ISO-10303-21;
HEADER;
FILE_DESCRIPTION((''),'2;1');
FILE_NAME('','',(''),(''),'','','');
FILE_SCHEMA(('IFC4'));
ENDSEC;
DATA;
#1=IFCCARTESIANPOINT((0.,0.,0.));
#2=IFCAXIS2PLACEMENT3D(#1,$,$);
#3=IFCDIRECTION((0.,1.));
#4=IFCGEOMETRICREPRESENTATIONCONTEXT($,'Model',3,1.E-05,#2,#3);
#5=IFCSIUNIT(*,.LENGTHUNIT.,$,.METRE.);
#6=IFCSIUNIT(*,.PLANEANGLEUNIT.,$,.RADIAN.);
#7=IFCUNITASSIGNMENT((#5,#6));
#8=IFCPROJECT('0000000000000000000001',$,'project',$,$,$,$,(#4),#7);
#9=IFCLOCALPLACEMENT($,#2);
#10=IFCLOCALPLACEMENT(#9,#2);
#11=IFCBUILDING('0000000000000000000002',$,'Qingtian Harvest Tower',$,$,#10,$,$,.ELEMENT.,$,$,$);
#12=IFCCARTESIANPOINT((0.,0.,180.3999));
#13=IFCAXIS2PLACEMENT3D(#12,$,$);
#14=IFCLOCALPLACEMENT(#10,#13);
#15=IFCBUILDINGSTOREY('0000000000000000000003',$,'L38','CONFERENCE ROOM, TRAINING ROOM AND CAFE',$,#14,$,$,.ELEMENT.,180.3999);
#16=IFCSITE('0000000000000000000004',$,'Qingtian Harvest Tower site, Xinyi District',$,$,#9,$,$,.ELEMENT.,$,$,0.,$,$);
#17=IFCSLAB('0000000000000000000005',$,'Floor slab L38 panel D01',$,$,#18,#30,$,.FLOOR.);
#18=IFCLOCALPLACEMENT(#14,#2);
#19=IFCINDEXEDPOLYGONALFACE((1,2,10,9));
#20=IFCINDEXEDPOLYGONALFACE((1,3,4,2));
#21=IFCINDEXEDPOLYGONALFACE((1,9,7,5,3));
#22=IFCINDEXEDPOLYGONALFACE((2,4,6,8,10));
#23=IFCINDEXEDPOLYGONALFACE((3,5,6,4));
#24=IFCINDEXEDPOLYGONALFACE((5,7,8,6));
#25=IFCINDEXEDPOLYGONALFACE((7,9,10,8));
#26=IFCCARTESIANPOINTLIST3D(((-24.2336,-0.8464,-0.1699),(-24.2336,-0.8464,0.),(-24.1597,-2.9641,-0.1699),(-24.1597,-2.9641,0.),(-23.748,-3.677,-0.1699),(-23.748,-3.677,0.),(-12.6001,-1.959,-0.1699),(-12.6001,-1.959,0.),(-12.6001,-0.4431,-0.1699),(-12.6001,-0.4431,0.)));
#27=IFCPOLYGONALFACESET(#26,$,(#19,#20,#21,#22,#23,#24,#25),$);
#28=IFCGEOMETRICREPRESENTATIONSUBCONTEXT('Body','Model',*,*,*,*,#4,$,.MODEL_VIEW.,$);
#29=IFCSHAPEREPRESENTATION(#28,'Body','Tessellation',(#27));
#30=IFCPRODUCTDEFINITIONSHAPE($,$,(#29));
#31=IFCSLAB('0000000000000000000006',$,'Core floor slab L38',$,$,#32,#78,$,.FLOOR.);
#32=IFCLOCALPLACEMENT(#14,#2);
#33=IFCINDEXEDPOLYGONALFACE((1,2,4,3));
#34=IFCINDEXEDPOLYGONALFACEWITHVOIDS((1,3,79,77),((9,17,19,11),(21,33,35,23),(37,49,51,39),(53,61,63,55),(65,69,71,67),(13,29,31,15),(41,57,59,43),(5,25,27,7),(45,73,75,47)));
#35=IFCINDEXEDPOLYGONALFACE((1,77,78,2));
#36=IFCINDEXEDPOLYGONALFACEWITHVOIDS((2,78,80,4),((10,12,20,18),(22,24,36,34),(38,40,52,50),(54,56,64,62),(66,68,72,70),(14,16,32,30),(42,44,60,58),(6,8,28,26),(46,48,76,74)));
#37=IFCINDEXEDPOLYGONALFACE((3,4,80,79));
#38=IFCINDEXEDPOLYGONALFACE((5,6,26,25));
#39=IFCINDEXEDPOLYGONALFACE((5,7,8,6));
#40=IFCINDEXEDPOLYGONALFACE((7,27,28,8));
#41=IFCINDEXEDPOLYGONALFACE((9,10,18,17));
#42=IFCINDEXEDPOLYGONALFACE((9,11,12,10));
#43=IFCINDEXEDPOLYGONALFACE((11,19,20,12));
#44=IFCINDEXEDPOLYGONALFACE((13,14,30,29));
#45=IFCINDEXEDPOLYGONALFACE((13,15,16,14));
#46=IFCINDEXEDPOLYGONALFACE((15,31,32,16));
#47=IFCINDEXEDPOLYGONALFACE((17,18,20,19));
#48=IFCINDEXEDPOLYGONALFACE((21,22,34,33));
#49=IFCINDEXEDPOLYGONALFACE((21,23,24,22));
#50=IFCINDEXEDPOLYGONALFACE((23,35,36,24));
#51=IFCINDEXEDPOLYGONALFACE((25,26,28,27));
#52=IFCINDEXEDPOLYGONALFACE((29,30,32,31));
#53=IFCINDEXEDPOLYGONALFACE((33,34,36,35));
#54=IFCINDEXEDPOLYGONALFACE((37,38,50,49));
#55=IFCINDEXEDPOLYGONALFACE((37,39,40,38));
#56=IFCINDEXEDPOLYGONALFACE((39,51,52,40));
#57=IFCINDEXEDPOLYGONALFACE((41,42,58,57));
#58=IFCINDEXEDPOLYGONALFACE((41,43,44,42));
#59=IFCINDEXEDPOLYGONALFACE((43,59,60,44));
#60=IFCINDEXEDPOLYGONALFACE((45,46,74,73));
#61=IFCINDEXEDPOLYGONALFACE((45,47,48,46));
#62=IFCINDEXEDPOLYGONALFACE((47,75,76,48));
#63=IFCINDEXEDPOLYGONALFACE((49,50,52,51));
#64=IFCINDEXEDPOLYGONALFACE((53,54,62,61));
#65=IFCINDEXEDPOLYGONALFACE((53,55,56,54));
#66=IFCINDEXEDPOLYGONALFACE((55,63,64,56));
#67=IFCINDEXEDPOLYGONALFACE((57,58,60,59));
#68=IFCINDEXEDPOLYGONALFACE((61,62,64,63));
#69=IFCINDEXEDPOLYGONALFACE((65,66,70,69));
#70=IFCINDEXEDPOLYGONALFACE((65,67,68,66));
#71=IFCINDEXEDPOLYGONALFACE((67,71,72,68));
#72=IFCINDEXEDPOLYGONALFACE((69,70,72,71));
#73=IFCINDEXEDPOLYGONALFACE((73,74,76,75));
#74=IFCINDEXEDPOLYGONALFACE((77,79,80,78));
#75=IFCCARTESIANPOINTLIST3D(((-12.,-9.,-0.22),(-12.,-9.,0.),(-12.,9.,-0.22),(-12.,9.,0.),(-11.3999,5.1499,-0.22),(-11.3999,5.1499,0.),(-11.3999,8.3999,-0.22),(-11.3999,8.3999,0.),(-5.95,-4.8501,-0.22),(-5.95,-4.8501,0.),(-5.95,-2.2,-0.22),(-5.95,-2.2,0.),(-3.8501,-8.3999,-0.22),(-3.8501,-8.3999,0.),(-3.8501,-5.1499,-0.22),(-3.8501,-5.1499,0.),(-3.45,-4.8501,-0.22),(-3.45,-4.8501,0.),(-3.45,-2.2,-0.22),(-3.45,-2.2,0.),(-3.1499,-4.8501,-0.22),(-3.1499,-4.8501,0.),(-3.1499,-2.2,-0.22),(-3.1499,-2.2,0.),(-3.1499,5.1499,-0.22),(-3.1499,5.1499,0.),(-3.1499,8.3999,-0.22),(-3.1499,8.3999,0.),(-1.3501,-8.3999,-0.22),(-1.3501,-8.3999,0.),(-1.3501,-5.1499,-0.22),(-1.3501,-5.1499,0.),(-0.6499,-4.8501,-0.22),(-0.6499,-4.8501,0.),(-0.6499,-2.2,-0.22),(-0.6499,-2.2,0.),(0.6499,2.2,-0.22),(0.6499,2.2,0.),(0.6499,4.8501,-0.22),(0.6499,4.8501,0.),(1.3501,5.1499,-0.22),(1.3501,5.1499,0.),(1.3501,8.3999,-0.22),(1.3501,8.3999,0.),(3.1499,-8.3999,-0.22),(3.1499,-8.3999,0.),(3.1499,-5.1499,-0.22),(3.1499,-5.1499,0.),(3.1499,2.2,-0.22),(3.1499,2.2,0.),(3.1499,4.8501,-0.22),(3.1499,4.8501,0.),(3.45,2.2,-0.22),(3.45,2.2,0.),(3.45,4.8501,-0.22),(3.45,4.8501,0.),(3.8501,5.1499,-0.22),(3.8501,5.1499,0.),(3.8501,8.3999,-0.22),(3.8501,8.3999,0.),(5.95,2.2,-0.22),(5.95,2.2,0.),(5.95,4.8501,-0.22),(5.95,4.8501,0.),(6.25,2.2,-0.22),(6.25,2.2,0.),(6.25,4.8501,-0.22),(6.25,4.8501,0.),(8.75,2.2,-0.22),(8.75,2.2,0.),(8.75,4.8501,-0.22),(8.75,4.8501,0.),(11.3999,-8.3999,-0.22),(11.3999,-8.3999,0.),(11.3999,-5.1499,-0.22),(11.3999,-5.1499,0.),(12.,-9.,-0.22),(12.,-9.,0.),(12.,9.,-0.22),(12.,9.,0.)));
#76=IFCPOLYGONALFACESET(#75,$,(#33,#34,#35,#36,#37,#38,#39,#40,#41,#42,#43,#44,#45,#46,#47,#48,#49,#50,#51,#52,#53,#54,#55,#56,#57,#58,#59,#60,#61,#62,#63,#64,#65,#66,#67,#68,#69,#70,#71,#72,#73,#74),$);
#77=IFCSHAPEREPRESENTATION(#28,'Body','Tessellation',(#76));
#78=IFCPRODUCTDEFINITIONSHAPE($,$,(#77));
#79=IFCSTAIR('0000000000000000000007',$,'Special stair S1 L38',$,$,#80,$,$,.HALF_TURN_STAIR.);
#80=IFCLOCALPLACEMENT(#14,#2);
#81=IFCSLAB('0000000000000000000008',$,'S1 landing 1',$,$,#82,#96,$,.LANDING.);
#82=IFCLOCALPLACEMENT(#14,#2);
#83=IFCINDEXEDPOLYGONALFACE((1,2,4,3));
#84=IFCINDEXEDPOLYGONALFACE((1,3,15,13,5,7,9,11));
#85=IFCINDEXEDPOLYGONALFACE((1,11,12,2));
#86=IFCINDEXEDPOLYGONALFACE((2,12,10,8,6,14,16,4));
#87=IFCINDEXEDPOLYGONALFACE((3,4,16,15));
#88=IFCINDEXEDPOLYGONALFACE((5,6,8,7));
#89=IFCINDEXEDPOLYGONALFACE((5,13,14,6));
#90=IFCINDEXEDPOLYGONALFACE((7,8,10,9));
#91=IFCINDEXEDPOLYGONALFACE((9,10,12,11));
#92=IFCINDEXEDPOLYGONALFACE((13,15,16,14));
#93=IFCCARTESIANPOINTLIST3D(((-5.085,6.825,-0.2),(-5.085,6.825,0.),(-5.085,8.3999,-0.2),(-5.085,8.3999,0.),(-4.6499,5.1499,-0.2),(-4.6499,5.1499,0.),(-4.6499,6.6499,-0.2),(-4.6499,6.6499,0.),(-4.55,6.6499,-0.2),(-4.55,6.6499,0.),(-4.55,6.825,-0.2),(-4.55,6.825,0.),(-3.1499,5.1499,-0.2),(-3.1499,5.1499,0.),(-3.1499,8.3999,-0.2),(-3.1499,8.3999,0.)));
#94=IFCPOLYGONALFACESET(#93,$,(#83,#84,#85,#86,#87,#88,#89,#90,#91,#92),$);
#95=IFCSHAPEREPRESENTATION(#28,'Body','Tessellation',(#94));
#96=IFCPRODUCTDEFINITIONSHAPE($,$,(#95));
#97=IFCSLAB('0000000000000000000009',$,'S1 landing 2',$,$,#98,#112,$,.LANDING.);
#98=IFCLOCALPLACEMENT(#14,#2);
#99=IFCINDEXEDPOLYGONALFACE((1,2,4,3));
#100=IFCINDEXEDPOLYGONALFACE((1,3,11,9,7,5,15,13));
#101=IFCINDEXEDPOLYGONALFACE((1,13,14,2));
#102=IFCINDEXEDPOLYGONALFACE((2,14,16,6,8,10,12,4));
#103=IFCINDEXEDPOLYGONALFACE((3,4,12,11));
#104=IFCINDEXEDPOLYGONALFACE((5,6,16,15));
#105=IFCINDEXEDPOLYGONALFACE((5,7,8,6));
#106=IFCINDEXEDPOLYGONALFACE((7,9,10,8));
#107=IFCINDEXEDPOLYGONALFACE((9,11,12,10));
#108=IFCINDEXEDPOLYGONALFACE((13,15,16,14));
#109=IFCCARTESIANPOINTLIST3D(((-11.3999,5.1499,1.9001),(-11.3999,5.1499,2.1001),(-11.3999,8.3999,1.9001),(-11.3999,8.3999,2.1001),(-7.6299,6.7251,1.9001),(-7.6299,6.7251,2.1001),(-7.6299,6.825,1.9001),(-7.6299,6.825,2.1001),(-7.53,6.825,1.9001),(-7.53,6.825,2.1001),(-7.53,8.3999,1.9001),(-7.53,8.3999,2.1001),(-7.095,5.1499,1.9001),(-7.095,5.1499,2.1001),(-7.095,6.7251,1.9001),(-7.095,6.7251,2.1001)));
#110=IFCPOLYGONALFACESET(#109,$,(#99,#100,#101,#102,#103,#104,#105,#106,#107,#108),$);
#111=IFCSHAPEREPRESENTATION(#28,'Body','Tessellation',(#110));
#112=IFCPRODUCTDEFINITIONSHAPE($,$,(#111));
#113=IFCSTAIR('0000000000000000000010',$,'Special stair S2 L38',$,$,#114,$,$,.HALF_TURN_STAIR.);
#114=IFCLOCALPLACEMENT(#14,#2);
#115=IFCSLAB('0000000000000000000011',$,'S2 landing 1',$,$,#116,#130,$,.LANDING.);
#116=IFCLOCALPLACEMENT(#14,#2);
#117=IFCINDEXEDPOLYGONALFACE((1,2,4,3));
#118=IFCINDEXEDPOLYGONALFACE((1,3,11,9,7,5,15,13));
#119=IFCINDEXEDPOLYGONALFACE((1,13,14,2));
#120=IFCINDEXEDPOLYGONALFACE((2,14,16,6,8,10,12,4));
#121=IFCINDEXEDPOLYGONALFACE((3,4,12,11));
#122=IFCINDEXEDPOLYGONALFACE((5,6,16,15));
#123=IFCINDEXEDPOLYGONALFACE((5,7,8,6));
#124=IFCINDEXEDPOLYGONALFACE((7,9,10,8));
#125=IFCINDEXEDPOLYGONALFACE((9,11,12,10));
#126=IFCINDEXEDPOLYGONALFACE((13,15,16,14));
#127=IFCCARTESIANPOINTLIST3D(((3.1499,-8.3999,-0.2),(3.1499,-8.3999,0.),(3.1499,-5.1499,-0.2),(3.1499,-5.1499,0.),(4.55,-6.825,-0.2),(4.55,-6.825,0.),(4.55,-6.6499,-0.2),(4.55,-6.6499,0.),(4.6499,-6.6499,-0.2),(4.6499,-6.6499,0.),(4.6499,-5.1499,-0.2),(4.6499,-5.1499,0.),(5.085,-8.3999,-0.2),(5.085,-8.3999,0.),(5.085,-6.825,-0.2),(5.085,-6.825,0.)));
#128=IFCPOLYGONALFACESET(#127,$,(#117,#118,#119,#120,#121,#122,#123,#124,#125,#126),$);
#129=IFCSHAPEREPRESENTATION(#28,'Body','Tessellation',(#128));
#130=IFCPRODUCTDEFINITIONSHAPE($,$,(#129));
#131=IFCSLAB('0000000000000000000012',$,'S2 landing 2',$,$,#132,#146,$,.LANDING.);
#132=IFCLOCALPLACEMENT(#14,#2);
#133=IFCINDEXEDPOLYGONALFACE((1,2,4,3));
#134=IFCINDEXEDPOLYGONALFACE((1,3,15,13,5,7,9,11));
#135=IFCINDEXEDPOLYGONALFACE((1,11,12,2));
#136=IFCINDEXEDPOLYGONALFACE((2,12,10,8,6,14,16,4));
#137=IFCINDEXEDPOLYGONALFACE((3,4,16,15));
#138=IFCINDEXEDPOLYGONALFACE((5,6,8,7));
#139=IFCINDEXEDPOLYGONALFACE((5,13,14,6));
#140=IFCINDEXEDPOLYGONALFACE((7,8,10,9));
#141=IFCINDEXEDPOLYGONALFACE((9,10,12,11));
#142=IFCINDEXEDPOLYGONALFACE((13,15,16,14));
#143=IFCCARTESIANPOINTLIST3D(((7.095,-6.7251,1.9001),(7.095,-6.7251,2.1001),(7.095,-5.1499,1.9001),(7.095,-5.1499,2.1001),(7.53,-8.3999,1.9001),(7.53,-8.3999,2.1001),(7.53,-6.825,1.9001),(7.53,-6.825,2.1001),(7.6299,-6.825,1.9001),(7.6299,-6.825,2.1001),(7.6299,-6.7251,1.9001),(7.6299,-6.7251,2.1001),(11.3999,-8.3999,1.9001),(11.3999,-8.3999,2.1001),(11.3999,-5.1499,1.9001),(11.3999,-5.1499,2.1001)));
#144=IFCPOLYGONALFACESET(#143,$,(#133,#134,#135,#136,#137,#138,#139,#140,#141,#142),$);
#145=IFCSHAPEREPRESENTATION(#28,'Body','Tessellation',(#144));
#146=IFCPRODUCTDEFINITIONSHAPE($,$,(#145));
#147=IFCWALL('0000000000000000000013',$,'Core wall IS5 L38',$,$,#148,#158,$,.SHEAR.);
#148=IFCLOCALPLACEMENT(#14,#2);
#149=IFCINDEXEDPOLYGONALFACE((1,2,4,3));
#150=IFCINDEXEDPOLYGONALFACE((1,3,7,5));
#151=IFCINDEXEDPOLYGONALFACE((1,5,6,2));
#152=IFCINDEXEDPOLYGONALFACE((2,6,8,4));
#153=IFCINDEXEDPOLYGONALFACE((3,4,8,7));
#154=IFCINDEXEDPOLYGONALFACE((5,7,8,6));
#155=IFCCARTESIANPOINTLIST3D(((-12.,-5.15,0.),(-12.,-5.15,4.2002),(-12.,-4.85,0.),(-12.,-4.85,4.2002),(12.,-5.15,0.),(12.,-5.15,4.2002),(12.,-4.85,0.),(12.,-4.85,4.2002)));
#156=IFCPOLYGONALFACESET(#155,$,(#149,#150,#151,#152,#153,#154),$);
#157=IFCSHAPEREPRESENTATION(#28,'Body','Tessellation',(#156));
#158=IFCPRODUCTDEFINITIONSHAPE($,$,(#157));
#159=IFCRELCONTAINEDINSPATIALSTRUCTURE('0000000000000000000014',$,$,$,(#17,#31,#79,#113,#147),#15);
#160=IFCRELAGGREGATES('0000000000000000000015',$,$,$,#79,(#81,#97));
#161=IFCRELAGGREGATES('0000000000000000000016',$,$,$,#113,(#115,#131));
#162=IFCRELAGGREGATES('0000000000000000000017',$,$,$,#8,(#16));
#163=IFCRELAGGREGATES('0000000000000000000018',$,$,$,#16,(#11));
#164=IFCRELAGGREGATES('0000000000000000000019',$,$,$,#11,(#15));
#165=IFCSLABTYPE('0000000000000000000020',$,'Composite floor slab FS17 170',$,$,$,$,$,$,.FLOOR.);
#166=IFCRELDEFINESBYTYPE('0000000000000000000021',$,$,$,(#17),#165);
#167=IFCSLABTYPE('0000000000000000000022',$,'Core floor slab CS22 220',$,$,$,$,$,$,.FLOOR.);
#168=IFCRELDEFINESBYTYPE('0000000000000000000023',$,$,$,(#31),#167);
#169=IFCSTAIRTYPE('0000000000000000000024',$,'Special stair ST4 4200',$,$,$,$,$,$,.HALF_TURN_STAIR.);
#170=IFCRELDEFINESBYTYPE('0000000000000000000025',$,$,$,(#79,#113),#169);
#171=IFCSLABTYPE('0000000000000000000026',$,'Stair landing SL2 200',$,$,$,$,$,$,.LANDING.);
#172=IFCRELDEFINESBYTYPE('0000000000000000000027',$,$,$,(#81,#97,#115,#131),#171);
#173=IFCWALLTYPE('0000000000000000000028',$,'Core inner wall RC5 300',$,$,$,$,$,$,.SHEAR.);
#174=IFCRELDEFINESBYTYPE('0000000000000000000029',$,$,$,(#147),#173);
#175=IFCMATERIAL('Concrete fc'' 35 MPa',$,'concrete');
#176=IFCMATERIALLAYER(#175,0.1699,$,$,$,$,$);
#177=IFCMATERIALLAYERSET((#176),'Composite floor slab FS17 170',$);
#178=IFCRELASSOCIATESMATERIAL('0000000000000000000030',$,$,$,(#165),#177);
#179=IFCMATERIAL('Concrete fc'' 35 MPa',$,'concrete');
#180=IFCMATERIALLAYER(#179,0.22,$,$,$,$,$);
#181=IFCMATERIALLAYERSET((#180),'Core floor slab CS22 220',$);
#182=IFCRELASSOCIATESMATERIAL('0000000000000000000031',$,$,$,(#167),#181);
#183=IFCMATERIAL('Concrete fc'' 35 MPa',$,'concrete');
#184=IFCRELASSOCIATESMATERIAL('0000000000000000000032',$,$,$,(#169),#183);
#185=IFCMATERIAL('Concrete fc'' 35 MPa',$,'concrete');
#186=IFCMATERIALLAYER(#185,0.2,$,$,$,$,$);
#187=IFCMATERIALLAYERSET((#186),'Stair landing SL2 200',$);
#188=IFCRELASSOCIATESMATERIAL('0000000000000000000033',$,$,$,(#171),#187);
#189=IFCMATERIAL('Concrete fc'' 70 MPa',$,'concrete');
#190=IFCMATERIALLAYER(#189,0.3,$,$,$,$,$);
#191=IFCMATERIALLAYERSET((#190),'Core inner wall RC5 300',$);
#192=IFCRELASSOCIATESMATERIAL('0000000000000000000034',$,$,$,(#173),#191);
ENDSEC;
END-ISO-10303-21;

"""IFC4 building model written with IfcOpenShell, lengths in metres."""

from ifc_helpers import new_model, si_unit, direction, frame, frame_2d, origin, place, context, subcontext, project, spatial, polyline, rectangle, outline, extrude, material, layer, layer_set, type_object, element, aggregate, save


model = new_model("IFC4")

# Units and contexts
model_context = context("Model", 3, precision=1e-05, world=origin(), true_north=direction((0.0, 1.0)))
body_context = subcontext(model_context, "Body", "Model", "MODEL_VIEW")
ifc_project = project(units=[si_unit("LENGTHUNIT", "METRE"), si_unit("PLANEANGLEUNIT", "RADIAN")], contexts=[model_context])

# Site, building, storey
site_placement = place(None, origin())
site = spatial("IfcSite", under=ifc_project, at=site_placement, Name="Qingtian Harvest Tower site, Xinyi District", CompositionType="ELEMENT", RefElevation=0.0)
building_placement = place(site_placement, origin())
building = spatial("IfcBuilding", under=site, at=building_placement, Name="Qingtian Harvest Tower", CompositionType="ELEMENT")
storey_placement = place(building_placement, frame((0.0, 0.0, 180.3999)))
storey = spatial("IfcBuildingStorey", under=building, at=storey_placement, Name="L38", Description="CONFERENCE ROOM, TRAINING ROOM AND CAFE", CompositionType="ELEMENT", Elevation=180.3999)

# Slabs
ifc_material_1 = material(Name="Concrete fc' 35 MPa", Category="concrete")
ifc_layer_1 = layer(ifc_material_1, 0.1699)
ifc_layer_set_1 = layer_set([ifc_layer_1], Name="Composite floor slab FS17 170")
slab_type_1 = type_object("IfcSlabType", Name="Composite floor slab FS17 170", PredefinedType="FLOOR", material=ifc_layer_set_1)
slab_1_placement = place(storey_placement, frame((0.0, 0.0, -0.1699)))
element("IfcSlab", 1, at=slab_1_placement, inside=storey, type_object=slab_type_1, Name="Floor slab L38 panel D01", PredefinedType="FLOOR", context=body_context, shape_type="SweptSolid", body=[
    extrude(outline(polyline([(-24.2336, -0.8464), (-12.6001, -0.4431), (-12.6001, -1.959), (-23.748, -3.677), (-24.1597, -2.9641), (-24.2336, -0.8464)])), origin(), (0.0, 0.0, 1.0), 0.1699),
])
ifc_material_2 = material(Name="Concrete fc' 35 MPa", Category="concrete")
ifc_layer_2 = layer(ifc_material_2, 0.22)
ifc_layer_set_2 = layer_set([ifc_layer_2], Name="Core floor slab CS22 220")
slab_type_2 = type_object("IfcSlabType", Name="Core floor slab CS22 220", PredefinedType="FLOOR", material=ifc_layer_set_2)
slab_2_placement = place(storey_placement, frame((0.0, 0.0, -0.22)))
element("IfcSlab", 2, at=slab_2_placement, inside=storey, type_object=slab_type_2, Name="Core floor slab L38", PredefinedType="FLOOR", context=body_context, shape_type="SweptSolid", body=[
    extrude(outline(polyline([(-12.0, -9.0), (12.0, -9.0), (12.0, 9.0), (-12.0, 9.0), (-12.0, -9.0)]), holes=[polyline([(-11.3999, 5.1499), (-3.1499, 5.1499), (-3.1499, 8.3999), (-11.3999, 8.3999), (-11.3999, 5.1499)]), polyline([(3.1499, -8.3999), (11.3999, -8.3999), (11.3999, -5.1499), (3.1499, -5.1499), (3.1499, -8.3999)]), polyline([(1.3501, 5.1499), (3.8501, 5.1499), (3.8501, 8.3999), (1.3501, 8.3999), (1.3501, 5.1499)]), polyline([(-3.8501, -8.3999), (-1.3501, -8.3999), (-1.3501, -5.1499), (-3.8501, -5.1499), (-3.8501, -8.3999)]), polyline([(0.6499, 2.2), (3.1499, 2.2), (3.1499, 4.8501), (0.6499, 4.8501), (0.6499, 2.2)]), polyline([(3.45, 2.2), (5.95, 2.2), (5.95, 4.8501), (3.45, 4.8501), (3.45, 2.2)]), polyline([(6.25, 2.2), (8.75, 2.2), (8.75, 4.8501), (6.25, 4.8501), (6.25, 2.2)]), polyline([(-5.95, -4.8501), (-3.45, -4.8501), (-3.45, -2.2), (-5.95, -2.2), (-5.95, -4.8501)]), polyline([(-3.1499, -4.8501), (-0.6499, -4.8501), (-0.6499, -2.2), (-3.1499, -2.2), (-3.1499, -4.8501)])]), origin(), (0.0, 0.0, 1.0), 0.22),
])

# Stairs, slabs
ifc_material_3 = material(Name="Concrete fc' 35 MPa", Category="concrete")
stair_type = type_object("IfcStairType", Name="Special stair ST4 4200", PredefinedType="HALF_TURN_STAIR", material=ifc_material_3)
stair_1_placement = place(storey_placement, origin())
stair_1 = element("IfcStair", 3, at=stair_1_placement, inside=storey, type_object=stair_type, Name="Special stair S1 L38", PredefinedType="HALF_TURN_STAIR")
ifc_material_4 = material(Name="Concrete fc' 35 MPa", Category="concrete")
ifc_layer_3 = layer(ifc_material_4, 0.2)
ifc_layer_set_3 = layer_set([ifc_layer_3], Name="Stair landing SL2 200")
slab_type_3 = type_object("IfcSlabType", Name="Stair landing SL2 200", PredefinedType="LANDING", material=ifc_layer_set_3)
slab_3_placement = place(storey_placement, frame((0.0, 0.0, -0.2)))
slab_3 = element("IfcSlab", 4, at=slab_3_placement, type_object=slab_type_3, Name="S1 landing 1", PredefinedType="LANDING", context=body_context, shape_type="SweptSolid", body=[
    extrude(outline(polyline([(-4.6499, 5.1499), (-4.6499, 6.6499), (-4.55, 6.6499), (-4.55, 6.825), (-5.085, 6.825), (-5.085, 8.3999), (-3.1499, 8.3999), (-3.1499, 5.1499), (-4.6499, 5.1499)])), origin(), (0.0, 0.0, 1.0), 0.2),
])
slab_4_placement = place(storey_placement, frame((0.0, 0.0, 1.9001)))
slab_4 = element("IfcSlab", 5, at=slab_4_placement, type_object=slab_type_3, Name="S1 landing 2", PredefinedType="LANDING", context=body_context, shape_type="SweptSolid", body=[
    extrude(outline(polyline([(-7.095, 5.1499), (-11.3999, 5.1499), (-11.3999, 8.3999), (-7.53, 8.3999), (-7.53, 6.825), (-7.6299, 6.825), (-7.6299, 6.7251), (-7.095, 6.7251), (-7.095, 5.1499)])), origin(), (0.0, 0.0, 1.0), 0.2),
])
aggregate(stair_1, [slab_3, slab_4])
stair_2_placement = place(storey_placement, origin())
stair_2 = element("IfcStair", 6, at=stair_2_placement, inside=storey, type_object=stair_type, Name="Special stair S2 L38", PredefinedType="HALF_TURN_STAIR")
slab_5_placement = place(storey_placement, frame((0.0, 0.0, -0.2)))
slab_5 = element("IfcSlab", 7, at=slab_5_placement, type_object=slab_type_3, Name="S2 landing 1", PredefinedType="LANDING", context=body_context, shape_type="SweptSolid", body=[
    extrude(outline(polyline([(5.085, -8.3999), (3.1499, -8.3999), (3.1499, -5.1499), (4.6499, -5.1499), (4.6499, -6.6499), (4.55, -6.6499), (4.55, -6.825), (5.085, -6.825), (5.085, -8.3999)])), origin(), (0.0, 0.0, 1.0), 0.2),
])
slab_6_placement = place(storey_placement, frame((0.0, 0.0, 1.9001)))
slab_6 = element("IfcSlab", 8, at=slab_6_placement, type_object=slab_type_3, Name="S2 landing 2", PredefinedType="LANDING", context=body_context, shape_type="SweptSolid", body=[
    extrude(outline(polyline([(7.53, -8.3999), (7.53, -6.825), (7.6299, -6.825), (7.6299, -6.7251), (7.095, -6.7251), (7.095, -5.1499), (11.3999, -5.1499), (11.3999, -8.3999), (7.53, -8.3999)])), origin(), (0.0, 0.0, 1.0), 0.2),
])
aggregate(stair_2, [slab_5, slab_6])

# Wall
ifc_material_5 = material(Name="Concrete fc' 70 MPa", Category="concrete")
ifc_layer_4 = layer(ifc_material_5, 0.3)
ifc_layer_set_4 = layer_set([ifc_layer_4], Name="Core inner wall RC5 300")
wall_type_1 = type_object("IfcWallType", Name="Core inner wall RC5 300", PredefinedType="SHEAR", material=ifc_layer_set_4)
wall_1_placement = place(storey_placement, frame((-12.0, -5.0, 0.0), z_axis=(0.0, 0.0, 1.0), x_axis=(1.0, 0.0, 0.0)))
element("IfcWall", 9, at=wall_1_placement, inside=storey, type_object=wall_type_1, Name="Core wall IS5 L38", PredefinedType="SHEAR", context=body_context, shape_type="SweptSolid", body=[
    extrude(rectangle(XDim=24.0, YDim=0.3, at=frame_2d((12.0, 0.0))), origin(), (0.0, 0.0, 1.0), 4.2002),
])

save(model, "model.ifc")
